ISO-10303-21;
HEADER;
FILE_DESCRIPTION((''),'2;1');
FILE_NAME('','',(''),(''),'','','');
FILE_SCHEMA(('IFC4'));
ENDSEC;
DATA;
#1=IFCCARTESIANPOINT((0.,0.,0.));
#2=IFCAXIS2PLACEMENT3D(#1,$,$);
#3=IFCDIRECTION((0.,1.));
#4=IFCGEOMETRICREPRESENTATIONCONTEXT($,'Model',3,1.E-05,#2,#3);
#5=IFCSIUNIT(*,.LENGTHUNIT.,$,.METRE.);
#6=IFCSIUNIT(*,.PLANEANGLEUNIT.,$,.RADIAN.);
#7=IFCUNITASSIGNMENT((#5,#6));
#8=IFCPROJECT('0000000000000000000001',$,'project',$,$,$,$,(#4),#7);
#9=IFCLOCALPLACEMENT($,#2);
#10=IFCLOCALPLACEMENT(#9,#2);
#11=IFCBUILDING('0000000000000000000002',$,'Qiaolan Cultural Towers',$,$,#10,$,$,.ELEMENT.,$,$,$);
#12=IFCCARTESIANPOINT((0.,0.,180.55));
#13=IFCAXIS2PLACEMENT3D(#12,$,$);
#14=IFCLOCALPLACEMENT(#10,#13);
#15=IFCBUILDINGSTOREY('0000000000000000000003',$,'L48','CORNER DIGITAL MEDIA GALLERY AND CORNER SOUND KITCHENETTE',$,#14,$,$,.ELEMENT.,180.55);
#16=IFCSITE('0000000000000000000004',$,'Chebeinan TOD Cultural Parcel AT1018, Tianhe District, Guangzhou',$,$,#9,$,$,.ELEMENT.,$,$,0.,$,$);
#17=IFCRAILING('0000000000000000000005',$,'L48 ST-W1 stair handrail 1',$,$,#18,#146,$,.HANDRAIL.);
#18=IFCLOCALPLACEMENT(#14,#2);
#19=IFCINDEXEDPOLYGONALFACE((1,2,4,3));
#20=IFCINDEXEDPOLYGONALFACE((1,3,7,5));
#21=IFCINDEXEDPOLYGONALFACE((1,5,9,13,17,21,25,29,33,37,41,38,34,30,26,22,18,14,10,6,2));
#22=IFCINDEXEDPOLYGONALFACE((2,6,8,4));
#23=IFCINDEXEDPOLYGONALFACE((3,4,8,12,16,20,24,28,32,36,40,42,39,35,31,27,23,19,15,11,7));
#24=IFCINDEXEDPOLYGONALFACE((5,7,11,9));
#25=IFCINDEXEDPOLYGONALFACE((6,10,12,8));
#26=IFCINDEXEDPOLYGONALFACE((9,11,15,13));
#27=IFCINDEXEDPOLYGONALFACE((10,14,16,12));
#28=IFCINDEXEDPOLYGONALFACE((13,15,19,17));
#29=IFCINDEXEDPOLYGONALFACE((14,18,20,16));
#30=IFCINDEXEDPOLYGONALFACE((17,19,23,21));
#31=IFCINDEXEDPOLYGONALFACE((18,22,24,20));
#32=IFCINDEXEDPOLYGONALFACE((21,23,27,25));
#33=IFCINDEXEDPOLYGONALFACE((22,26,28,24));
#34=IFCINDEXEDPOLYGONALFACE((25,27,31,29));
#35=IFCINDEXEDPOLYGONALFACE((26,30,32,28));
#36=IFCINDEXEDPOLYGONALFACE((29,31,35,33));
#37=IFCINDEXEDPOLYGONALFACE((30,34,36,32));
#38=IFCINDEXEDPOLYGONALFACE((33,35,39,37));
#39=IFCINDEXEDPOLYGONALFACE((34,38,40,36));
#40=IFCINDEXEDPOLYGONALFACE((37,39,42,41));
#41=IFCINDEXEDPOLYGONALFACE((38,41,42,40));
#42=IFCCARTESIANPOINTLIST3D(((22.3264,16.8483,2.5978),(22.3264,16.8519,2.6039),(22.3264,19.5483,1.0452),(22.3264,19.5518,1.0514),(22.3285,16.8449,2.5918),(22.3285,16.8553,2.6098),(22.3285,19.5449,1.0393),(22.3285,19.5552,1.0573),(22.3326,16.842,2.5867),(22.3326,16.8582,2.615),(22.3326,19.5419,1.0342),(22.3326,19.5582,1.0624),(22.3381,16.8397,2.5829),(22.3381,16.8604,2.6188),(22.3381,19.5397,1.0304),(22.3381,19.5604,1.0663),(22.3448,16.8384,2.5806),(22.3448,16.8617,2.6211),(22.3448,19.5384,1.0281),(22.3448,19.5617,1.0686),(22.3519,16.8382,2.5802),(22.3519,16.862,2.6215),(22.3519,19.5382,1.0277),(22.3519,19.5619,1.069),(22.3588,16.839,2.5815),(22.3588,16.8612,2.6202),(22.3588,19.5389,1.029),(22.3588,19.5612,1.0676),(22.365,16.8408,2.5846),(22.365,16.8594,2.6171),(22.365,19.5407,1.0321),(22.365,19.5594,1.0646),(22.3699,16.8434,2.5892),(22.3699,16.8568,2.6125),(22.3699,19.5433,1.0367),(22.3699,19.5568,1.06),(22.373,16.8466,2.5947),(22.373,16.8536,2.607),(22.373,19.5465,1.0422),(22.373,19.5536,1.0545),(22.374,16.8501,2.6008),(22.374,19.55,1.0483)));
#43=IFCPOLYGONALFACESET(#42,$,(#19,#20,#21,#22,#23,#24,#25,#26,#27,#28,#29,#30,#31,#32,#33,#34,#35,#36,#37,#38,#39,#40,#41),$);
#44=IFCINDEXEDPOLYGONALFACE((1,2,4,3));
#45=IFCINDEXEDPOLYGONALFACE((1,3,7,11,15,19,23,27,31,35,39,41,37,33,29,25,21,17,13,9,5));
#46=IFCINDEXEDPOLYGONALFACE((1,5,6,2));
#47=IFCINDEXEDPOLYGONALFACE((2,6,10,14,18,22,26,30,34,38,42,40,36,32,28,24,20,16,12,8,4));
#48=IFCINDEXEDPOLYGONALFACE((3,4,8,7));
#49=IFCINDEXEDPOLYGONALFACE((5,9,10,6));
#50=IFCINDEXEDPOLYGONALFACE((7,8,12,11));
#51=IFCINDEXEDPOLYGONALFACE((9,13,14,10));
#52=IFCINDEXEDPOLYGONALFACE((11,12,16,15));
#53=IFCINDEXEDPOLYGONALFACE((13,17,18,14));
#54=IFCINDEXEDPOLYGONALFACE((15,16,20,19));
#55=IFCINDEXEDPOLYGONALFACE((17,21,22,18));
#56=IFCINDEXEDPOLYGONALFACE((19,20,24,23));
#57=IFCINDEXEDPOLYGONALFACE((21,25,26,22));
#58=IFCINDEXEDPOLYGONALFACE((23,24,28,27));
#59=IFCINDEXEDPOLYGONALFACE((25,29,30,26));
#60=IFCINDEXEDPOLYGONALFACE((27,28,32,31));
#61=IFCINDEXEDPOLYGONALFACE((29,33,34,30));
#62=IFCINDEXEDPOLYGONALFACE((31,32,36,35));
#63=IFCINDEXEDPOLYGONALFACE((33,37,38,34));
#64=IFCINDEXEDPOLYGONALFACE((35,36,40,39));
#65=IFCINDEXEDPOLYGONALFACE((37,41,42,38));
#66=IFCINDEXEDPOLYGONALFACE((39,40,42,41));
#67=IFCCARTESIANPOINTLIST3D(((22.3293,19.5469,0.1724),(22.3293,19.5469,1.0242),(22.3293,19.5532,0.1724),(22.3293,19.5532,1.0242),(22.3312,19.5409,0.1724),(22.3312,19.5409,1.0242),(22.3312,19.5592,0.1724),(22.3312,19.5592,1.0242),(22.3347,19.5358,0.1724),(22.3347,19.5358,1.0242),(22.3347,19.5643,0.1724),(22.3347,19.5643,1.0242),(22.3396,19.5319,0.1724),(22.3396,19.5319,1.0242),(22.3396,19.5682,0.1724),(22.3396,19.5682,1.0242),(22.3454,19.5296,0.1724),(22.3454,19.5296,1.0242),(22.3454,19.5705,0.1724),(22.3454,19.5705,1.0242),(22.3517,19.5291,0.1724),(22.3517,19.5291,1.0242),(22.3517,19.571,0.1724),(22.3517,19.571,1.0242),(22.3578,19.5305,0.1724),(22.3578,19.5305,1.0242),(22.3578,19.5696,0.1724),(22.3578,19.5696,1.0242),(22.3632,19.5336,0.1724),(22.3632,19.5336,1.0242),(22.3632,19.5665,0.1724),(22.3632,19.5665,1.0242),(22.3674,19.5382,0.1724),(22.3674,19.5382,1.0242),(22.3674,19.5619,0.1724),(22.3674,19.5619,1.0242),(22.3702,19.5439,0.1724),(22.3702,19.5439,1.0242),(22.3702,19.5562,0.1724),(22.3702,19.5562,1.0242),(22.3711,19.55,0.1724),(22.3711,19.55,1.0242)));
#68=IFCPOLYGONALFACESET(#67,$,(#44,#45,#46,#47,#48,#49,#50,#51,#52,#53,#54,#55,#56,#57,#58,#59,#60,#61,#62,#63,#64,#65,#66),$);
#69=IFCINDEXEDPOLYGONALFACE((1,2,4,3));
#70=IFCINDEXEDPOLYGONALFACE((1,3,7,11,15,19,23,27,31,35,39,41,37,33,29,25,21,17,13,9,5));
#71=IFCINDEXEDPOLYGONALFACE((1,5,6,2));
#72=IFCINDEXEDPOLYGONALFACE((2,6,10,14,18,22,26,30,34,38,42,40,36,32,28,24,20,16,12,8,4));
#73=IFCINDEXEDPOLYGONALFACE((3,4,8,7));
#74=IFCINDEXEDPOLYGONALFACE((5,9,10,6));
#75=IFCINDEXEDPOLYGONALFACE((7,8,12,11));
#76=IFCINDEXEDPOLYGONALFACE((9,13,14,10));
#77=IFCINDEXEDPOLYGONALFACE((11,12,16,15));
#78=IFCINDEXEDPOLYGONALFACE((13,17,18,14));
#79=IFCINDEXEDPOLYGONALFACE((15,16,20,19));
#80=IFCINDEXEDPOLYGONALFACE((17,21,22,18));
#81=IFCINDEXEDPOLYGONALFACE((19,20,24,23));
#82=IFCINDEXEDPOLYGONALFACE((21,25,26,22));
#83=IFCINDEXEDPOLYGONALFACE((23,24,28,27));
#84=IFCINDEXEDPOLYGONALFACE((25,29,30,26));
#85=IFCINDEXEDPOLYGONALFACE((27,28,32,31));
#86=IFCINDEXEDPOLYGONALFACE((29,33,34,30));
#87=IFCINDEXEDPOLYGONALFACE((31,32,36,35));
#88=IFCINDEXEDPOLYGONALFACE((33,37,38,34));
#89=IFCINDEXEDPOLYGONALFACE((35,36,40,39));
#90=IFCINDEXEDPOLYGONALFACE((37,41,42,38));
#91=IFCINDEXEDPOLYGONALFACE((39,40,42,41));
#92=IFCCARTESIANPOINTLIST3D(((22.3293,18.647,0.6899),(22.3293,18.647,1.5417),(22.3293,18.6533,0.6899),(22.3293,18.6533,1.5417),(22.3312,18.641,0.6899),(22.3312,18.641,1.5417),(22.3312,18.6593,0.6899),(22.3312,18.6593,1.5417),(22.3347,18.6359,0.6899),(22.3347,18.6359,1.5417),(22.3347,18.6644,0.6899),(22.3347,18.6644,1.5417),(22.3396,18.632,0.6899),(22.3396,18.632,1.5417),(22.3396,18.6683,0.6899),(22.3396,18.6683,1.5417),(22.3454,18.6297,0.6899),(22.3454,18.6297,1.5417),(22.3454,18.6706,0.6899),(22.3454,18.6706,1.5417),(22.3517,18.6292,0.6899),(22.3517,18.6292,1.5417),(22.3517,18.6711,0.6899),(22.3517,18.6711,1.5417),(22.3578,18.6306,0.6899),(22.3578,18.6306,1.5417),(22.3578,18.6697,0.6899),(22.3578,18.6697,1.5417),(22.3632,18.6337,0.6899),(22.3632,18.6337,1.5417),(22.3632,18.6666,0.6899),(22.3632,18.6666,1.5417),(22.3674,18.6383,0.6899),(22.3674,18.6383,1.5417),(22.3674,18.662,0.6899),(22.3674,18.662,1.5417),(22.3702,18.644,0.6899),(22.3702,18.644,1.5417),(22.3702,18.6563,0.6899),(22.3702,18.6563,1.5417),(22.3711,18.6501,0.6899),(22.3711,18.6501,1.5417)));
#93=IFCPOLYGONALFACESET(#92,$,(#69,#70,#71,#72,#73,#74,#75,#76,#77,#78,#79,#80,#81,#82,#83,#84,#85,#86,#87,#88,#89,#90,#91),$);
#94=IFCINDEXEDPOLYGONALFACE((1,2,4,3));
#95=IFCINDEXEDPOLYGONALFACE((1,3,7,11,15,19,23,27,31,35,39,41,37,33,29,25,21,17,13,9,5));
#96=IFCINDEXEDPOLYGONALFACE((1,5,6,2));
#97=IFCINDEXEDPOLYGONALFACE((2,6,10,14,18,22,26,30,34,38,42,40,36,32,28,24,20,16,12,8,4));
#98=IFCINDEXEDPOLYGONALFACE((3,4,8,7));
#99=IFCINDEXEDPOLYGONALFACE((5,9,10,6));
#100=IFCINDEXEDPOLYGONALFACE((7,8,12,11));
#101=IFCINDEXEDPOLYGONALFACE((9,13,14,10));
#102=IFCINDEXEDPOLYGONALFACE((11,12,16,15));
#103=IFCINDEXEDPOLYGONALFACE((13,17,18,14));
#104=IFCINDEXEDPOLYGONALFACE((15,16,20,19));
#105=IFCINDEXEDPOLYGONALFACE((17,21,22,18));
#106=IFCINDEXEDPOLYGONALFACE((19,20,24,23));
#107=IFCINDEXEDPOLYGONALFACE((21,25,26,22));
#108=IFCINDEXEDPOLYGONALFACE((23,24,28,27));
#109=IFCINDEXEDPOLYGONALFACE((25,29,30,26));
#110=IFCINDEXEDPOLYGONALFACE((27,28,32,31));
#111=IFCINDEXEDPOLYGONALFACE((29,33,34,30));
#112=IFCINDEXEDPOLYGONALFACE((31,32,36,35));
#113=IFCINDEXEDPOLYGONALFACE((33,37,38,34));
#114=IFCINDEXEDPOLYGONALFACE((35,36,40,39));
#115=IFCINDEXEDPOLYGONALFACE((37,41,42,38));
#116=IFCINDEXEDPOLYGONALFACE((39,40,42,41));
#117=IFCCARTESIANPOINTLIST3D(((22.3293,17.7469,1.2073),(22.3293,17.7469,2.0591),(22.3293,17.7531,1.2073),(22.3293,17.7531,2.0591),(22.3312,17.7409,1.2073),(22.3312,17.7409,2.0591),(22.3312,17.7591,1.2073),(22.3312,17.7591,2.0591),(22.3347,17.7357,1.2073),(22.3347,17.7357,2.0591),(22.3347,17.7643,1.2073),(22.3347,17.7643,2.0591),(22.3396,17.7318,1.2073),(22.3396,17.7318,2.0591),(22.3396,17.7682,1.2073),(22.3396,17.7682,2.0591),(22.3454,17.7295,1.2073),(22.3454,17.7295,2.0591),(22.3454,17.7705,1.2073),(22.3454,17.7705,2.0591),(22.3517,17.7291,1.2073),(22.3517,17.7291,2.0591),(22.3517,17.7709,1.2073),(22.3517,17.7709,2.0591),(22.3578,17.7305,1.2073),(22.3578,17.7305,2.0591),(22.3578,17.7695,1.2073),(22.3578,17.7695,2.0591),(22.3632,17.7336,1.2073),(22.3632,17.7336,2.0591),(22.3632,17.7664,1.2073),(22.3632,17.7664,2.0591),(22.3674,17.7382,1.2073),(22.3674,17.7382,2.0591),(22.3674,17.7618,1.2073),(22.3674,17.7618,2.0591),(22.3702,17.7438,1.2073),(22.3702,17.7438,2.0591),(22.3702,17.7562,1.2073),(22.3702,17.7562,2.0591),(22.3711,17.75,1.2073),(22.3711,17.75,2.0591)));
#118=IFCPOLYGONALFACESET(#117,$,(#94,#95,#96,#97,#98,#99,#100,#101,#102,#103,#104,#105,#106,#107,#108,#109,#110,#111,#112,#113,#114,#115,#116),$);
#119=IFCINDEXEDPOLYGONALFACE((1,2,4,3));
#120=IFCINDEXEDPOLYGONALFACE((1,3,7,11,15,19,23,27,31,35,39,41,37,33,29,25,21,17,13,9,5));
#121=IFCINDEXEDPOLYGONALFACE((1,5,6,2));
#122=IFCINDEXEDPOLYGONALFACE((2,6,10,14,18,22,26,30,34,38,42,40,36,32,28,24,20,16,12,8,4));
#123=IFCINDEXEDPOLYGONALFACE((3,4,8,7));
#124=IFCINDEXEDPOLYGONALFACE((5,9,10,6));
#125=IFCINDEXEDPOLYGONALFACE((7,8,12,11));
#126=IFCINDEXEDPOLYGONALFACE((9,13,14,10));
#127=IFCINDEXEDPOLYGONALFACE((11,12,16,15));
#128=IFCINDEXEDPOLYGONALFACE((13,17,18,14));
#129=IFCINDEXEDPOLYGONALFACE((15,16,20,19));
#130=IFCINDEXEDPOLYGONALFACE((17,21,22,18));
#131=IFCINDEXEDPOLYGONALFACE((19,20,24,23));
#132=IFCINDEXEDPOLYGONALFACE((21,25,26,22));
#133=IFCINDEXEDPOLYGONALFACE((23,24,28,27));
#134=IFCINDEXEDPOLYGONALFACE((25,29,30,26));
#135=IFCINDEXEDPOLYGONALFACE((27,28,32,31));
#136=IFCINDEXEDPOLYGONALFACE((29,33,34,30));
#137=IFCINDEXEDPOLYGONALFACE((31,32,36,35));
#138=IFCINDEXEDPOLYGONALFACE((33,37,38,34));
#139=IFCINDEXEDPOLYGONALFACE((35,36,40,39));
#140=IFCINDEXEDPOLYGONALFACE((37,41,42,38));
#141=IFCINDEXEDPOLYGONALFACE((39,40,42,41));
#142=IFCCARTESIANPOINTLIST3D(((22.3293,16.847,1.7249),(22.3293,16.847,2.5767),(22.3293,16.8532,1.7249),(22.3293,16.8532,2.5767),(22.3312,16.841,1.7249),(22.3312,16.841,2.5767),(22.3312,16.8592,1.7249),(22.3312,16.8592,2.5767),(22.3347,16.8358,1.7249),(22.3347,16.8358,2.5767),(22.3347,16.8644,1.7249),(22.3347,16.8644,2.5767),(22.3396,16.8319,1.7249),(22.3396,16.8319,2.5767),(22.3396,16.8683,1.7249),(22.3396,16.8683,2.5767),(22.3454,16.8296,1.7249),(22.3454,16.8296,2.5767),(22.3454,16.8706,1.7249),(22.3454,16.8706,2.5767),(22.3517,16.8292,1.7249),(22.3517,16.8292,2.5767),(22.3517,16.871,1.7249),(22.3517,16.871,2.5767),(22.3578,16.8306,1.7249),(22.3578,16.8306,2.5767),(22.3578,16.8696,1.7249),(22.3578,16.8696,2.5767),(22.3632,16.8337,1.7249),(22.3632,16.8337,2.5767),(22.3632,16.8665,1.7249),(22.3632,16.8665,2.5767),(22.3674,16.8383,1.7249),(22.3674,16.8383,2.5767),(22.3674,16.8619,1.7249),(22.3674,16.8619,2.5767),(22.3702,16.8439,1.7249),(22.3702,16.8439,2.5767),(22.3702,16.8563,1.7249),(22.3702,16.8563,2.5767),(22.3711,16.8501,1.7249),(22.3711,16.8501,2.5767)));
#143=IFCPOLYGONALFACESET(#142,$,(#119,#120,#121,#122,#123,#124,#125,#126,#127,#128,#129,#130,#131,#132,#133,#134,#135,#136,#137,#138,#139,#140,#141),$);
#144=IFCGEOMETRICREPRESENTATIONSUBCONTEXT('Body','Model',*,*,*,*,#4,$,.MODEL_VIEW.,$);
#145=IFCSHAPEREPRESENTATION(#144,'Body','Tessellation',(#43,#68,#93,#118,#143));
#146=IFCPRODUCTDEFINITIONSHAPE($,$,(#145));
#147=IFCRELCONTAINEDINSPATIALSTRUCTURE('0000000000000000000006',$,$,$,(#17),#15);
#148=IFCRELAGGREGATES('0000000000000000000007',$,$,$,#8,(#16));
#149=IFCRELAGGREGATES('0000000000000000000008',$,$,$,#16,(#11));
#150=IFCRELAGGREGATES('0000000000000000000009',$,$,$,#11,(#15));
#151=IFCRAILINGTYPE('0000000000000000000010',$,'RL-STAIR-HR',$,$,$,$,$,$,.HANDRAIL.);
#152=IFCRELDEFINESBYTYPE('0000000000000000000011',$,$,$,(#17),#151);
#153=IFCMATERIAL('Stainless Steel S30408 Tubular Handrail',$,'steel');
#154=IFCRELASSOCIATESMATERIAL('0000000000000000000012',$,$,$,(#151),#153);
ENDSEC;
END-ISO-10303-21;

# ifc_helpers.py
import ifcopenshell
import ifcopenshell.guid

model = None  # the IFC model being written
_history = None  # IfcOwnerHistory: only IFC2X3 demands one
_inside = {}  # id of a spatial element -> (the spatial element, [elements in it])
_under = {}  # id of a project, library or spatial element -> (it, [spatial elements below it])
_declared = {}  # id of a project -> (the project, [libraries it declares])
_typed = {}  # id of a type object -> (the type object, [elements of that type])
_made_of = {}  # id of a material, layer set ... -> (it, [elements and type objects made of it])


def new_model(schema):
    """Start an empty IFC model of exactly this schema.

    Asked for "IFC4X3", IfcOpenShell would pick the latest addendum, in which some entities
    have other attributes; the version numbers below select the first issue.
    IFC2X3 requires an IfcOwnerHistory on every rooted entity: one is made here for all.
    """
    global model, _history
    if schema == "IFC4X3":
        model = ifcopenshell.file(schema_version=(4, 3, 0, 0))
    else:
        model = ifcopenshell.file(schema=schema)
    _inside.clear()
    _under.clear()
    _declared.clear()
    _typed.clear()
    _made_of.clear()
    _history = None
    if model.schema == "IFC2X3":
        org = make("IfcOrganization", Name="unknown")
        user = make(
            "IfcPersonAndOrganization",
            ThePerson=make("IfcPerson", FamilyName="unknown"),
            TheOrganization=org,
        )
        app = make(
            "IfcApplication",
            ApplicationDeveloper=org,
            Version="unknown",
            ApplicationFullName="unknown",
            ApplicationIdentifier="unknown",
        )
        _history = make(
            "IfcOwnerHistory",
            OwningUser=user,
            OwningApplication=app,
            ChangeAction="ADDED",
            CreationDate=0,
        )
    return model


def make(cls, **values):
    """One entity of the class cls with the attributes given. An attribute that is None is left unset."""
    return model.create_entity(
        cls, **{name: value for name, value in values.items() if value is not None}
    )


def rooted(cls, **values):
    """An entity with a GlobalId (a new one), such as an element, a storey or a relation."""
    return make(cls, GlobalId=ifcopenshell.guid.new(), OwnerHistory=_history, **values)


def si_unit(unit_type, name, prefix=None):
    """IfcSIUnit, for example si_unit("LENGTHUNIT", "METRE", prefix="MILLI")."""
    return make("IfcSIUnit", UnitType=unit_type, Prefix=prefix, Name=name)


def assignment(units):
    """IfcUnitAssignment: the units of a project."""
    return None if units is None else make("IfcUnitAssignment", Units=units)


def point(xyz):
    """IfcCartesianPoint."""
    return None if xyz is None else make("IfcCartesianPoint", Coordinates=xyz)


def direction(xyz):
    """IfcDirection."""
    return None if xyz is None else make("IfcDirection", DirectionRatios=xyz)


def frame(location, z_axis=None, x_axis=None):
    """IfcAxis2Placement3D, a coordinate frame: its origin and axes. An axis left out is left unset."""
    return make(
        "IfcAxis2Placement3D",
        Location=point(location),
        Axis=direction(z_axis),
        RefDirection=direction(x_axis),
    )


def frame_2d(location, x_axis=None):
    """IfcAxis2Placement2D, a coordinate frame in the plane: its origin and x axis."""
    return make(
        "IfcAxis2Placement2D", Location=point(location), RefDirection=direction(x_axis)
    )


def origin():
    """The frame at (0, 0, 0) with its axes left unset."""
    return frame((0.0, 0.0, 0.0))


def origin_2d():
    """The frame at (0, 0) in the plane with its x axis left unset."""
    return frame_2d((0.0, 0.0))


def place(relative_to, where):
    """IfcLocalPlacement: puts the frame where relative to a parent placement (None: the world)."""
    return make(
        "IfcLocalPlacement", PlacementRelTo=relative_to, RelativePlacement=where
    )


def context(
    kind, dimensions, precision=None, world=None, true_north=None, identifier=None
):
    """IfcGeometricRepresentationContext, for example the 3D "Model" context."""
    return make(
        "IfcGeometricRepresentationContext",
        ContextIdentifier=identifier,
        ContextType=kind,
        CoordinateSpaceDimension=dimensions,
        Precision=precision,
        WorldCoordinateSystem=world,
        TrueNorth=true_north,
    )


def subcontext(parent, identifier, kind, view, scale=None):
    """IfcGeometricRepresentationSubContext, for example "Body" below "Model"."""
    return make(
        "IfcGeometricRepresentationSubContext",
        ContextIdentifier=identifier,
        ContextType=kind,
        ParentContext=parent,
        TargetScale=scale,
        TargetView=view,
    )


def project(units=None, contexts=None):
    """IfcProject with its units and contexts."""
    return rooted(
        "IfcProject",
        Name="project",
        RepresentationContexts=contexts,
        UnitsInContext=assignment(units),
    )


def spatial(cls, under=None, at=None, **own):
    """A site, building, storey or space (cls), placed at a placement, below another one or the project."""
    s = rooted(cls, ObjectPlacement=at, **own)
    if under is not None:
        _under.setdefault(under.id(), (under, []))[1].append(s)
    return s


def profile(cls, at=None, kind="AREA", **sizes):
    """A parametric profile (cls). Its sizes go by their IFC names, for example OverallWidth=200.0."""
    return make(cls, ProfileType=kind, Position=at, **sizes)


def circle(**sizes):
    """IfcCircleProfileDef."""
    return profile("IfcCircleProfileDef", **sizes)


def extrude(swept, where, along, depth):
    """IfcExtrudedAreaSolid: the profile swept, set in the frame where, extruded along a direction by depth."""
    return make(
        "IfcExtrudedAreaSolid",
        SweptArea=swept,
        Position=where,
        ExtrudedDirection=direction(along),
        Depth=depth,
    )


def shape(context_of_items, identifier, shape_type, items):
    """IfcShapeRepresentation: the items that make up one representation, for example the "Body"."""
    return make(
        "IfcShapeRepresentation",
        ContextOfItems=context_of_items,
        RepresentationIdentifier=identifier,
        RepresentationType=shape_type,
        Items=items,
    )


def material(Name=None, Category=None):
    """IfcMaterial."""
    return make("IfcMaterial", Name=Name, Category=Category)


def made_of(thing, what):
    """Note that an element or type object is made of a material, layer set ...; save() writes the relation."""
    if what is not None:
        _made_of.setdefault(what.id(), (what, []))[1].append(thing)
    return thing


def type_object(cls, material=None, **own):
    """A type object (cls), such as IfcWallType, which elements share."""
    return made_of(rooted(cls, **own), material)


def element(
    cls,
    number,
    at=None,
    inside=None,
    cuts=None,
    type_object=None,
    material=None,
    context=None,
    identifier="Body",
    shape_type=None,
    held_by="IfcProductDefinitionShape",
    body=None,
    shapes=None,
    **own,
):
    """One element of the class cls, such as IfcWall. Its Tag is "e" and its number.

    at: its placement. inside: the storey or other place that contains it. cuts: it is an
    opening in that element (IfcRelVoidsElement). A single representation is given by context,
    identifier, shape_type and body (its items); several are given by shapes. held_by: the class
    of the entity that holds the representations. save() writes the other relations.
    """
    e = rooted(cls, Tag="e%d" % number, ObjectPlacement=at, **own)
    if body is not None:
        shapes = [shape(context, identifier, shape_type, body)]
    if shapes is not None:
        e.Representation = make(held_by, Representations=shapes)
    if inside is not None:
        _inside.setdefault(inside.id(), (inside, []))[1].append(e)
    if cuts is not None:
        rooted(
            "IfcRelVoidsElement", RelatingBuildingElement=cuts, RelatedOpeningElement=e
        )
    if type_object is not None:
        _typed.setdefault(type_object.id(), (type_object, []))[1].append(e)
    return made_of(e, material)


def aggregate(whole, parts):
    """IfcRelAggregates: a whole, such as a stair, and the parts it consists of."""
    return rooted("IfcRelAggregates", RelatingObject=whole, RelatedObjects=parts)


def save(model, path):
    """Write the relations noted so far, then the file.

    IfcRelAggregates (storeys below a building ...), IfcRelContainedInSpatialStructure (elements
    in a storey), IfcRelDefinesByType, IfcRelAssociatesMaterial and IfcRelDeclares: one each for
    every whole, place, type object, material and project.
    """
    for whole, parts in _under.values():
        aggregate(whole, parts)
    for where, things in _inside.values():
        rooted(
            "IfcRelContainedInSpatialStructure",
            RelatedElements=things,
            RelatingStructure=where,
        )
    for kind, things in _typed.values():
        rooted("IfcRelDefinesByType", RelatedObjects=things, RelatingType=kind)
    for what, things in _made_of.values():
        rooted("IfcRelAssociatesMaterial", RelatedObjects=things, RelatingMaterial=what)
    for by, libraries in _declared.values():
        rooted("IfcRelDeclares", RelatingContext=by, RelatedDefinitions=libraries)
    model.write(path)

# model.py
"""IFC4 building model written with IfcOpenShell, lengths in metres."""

from ifc_helpers import new_model, si_unit, direction, frame, origin, origin_2d, place, context, subcontext, project, spatial, circle, extrude, material, type_object, element, save


model = new_model("IFC4")

# Units and contexts
model_context = context("Model", 3, precision=1e-05, world=origin(), true_north=direction((0.0, 1.0)))
body_context = subcontext(model_context, "Body", "Model", "MODEL_VIEW")
ifc_project = project(units=[si_unit("LENGTHUNIT", "METRE"), si_unit("PLANEANGLEUNIT", "RADIAN")], contexts=[model_context])

# Site, building, storey
site_placement = place(None, origin())
site = spatial("IfcSite", under=ifc_project, at=site_placement, Name="Chebeinan TOD Cultural Parcel AT1018, Tianhe District, Guangzhou", CompositionType="ELEMENT", RefElevation=0.0)
building_placement = place(site_placement, origin())
building = spatial("IfcBuilding", under=site, at=building_placement, Name="Qiaolan Cultural Towers", CompositionType="ELEMENT")
storey_placement = place(building_placement, frame((0.0, 0.0, 180.55)))
storey = spatial("IfcBuildingStorey", under=building, at=storey_placement, Name="L48", Description="CORNER DIGITAL MEDIA GALLERY AND CORNER SOUND KITCHENETTE", CompositionType="ELEMENT", Elevation=180.55)

# Railing
ifc_material_1 = material(Name="Stainless Steel S30408 Tubular Handrail", Category="steel")
railing_type_1 = type_object("IfcRailingType", Name="RL-STAIR-HR", PredefinedType="HANDRAIL", material=ifc_material_1)
railing_1_placement = place(storey_placement, frame((22.3501, 19.55, 0.1724)))
element("IfcRailing", 1, at=railing_1_placement, inside=storey, type_object=railing_type_1, Name="L48 ST-W1 stair handrail 1", PredefinedType="HANDRAIL", context=body_context, shape_type="SweptSolid", body=[
    extrude(circle(Radius=0.0239, at=origin_2d()), frame((0.0, 0.0, 0.876), z_axis=(0.0, -0.866904, 0.498476), x_axis=(1.0, 0.0, 0.0)), (0.0, 0.0, 1.0), 3.1145),
    extrude(circle(Radius=0.021, at=origin_2d()), origin(), (0.0, 0.0, 1.0), 0.8518),
    extrude(circle(Radius=0.021, at=origin_2d()), frame((0.0, -0.8999, 0.5176)), (0.0, 0.0, 1.0), 0.8518),
    extrude(circle(Radius=0.021, at=origin_2d()), frame((0.0, -1.8, 1.0349)), (0.0, 0.0, 1.0), 0.8518),
    extrude(circle(Radius=0.021, at=origin_2d()), frame((0.0, -2.7, 1.5525)), (0.0, 0.0, 1.0), 0.8518),
])

save(model, "model.ifc")
